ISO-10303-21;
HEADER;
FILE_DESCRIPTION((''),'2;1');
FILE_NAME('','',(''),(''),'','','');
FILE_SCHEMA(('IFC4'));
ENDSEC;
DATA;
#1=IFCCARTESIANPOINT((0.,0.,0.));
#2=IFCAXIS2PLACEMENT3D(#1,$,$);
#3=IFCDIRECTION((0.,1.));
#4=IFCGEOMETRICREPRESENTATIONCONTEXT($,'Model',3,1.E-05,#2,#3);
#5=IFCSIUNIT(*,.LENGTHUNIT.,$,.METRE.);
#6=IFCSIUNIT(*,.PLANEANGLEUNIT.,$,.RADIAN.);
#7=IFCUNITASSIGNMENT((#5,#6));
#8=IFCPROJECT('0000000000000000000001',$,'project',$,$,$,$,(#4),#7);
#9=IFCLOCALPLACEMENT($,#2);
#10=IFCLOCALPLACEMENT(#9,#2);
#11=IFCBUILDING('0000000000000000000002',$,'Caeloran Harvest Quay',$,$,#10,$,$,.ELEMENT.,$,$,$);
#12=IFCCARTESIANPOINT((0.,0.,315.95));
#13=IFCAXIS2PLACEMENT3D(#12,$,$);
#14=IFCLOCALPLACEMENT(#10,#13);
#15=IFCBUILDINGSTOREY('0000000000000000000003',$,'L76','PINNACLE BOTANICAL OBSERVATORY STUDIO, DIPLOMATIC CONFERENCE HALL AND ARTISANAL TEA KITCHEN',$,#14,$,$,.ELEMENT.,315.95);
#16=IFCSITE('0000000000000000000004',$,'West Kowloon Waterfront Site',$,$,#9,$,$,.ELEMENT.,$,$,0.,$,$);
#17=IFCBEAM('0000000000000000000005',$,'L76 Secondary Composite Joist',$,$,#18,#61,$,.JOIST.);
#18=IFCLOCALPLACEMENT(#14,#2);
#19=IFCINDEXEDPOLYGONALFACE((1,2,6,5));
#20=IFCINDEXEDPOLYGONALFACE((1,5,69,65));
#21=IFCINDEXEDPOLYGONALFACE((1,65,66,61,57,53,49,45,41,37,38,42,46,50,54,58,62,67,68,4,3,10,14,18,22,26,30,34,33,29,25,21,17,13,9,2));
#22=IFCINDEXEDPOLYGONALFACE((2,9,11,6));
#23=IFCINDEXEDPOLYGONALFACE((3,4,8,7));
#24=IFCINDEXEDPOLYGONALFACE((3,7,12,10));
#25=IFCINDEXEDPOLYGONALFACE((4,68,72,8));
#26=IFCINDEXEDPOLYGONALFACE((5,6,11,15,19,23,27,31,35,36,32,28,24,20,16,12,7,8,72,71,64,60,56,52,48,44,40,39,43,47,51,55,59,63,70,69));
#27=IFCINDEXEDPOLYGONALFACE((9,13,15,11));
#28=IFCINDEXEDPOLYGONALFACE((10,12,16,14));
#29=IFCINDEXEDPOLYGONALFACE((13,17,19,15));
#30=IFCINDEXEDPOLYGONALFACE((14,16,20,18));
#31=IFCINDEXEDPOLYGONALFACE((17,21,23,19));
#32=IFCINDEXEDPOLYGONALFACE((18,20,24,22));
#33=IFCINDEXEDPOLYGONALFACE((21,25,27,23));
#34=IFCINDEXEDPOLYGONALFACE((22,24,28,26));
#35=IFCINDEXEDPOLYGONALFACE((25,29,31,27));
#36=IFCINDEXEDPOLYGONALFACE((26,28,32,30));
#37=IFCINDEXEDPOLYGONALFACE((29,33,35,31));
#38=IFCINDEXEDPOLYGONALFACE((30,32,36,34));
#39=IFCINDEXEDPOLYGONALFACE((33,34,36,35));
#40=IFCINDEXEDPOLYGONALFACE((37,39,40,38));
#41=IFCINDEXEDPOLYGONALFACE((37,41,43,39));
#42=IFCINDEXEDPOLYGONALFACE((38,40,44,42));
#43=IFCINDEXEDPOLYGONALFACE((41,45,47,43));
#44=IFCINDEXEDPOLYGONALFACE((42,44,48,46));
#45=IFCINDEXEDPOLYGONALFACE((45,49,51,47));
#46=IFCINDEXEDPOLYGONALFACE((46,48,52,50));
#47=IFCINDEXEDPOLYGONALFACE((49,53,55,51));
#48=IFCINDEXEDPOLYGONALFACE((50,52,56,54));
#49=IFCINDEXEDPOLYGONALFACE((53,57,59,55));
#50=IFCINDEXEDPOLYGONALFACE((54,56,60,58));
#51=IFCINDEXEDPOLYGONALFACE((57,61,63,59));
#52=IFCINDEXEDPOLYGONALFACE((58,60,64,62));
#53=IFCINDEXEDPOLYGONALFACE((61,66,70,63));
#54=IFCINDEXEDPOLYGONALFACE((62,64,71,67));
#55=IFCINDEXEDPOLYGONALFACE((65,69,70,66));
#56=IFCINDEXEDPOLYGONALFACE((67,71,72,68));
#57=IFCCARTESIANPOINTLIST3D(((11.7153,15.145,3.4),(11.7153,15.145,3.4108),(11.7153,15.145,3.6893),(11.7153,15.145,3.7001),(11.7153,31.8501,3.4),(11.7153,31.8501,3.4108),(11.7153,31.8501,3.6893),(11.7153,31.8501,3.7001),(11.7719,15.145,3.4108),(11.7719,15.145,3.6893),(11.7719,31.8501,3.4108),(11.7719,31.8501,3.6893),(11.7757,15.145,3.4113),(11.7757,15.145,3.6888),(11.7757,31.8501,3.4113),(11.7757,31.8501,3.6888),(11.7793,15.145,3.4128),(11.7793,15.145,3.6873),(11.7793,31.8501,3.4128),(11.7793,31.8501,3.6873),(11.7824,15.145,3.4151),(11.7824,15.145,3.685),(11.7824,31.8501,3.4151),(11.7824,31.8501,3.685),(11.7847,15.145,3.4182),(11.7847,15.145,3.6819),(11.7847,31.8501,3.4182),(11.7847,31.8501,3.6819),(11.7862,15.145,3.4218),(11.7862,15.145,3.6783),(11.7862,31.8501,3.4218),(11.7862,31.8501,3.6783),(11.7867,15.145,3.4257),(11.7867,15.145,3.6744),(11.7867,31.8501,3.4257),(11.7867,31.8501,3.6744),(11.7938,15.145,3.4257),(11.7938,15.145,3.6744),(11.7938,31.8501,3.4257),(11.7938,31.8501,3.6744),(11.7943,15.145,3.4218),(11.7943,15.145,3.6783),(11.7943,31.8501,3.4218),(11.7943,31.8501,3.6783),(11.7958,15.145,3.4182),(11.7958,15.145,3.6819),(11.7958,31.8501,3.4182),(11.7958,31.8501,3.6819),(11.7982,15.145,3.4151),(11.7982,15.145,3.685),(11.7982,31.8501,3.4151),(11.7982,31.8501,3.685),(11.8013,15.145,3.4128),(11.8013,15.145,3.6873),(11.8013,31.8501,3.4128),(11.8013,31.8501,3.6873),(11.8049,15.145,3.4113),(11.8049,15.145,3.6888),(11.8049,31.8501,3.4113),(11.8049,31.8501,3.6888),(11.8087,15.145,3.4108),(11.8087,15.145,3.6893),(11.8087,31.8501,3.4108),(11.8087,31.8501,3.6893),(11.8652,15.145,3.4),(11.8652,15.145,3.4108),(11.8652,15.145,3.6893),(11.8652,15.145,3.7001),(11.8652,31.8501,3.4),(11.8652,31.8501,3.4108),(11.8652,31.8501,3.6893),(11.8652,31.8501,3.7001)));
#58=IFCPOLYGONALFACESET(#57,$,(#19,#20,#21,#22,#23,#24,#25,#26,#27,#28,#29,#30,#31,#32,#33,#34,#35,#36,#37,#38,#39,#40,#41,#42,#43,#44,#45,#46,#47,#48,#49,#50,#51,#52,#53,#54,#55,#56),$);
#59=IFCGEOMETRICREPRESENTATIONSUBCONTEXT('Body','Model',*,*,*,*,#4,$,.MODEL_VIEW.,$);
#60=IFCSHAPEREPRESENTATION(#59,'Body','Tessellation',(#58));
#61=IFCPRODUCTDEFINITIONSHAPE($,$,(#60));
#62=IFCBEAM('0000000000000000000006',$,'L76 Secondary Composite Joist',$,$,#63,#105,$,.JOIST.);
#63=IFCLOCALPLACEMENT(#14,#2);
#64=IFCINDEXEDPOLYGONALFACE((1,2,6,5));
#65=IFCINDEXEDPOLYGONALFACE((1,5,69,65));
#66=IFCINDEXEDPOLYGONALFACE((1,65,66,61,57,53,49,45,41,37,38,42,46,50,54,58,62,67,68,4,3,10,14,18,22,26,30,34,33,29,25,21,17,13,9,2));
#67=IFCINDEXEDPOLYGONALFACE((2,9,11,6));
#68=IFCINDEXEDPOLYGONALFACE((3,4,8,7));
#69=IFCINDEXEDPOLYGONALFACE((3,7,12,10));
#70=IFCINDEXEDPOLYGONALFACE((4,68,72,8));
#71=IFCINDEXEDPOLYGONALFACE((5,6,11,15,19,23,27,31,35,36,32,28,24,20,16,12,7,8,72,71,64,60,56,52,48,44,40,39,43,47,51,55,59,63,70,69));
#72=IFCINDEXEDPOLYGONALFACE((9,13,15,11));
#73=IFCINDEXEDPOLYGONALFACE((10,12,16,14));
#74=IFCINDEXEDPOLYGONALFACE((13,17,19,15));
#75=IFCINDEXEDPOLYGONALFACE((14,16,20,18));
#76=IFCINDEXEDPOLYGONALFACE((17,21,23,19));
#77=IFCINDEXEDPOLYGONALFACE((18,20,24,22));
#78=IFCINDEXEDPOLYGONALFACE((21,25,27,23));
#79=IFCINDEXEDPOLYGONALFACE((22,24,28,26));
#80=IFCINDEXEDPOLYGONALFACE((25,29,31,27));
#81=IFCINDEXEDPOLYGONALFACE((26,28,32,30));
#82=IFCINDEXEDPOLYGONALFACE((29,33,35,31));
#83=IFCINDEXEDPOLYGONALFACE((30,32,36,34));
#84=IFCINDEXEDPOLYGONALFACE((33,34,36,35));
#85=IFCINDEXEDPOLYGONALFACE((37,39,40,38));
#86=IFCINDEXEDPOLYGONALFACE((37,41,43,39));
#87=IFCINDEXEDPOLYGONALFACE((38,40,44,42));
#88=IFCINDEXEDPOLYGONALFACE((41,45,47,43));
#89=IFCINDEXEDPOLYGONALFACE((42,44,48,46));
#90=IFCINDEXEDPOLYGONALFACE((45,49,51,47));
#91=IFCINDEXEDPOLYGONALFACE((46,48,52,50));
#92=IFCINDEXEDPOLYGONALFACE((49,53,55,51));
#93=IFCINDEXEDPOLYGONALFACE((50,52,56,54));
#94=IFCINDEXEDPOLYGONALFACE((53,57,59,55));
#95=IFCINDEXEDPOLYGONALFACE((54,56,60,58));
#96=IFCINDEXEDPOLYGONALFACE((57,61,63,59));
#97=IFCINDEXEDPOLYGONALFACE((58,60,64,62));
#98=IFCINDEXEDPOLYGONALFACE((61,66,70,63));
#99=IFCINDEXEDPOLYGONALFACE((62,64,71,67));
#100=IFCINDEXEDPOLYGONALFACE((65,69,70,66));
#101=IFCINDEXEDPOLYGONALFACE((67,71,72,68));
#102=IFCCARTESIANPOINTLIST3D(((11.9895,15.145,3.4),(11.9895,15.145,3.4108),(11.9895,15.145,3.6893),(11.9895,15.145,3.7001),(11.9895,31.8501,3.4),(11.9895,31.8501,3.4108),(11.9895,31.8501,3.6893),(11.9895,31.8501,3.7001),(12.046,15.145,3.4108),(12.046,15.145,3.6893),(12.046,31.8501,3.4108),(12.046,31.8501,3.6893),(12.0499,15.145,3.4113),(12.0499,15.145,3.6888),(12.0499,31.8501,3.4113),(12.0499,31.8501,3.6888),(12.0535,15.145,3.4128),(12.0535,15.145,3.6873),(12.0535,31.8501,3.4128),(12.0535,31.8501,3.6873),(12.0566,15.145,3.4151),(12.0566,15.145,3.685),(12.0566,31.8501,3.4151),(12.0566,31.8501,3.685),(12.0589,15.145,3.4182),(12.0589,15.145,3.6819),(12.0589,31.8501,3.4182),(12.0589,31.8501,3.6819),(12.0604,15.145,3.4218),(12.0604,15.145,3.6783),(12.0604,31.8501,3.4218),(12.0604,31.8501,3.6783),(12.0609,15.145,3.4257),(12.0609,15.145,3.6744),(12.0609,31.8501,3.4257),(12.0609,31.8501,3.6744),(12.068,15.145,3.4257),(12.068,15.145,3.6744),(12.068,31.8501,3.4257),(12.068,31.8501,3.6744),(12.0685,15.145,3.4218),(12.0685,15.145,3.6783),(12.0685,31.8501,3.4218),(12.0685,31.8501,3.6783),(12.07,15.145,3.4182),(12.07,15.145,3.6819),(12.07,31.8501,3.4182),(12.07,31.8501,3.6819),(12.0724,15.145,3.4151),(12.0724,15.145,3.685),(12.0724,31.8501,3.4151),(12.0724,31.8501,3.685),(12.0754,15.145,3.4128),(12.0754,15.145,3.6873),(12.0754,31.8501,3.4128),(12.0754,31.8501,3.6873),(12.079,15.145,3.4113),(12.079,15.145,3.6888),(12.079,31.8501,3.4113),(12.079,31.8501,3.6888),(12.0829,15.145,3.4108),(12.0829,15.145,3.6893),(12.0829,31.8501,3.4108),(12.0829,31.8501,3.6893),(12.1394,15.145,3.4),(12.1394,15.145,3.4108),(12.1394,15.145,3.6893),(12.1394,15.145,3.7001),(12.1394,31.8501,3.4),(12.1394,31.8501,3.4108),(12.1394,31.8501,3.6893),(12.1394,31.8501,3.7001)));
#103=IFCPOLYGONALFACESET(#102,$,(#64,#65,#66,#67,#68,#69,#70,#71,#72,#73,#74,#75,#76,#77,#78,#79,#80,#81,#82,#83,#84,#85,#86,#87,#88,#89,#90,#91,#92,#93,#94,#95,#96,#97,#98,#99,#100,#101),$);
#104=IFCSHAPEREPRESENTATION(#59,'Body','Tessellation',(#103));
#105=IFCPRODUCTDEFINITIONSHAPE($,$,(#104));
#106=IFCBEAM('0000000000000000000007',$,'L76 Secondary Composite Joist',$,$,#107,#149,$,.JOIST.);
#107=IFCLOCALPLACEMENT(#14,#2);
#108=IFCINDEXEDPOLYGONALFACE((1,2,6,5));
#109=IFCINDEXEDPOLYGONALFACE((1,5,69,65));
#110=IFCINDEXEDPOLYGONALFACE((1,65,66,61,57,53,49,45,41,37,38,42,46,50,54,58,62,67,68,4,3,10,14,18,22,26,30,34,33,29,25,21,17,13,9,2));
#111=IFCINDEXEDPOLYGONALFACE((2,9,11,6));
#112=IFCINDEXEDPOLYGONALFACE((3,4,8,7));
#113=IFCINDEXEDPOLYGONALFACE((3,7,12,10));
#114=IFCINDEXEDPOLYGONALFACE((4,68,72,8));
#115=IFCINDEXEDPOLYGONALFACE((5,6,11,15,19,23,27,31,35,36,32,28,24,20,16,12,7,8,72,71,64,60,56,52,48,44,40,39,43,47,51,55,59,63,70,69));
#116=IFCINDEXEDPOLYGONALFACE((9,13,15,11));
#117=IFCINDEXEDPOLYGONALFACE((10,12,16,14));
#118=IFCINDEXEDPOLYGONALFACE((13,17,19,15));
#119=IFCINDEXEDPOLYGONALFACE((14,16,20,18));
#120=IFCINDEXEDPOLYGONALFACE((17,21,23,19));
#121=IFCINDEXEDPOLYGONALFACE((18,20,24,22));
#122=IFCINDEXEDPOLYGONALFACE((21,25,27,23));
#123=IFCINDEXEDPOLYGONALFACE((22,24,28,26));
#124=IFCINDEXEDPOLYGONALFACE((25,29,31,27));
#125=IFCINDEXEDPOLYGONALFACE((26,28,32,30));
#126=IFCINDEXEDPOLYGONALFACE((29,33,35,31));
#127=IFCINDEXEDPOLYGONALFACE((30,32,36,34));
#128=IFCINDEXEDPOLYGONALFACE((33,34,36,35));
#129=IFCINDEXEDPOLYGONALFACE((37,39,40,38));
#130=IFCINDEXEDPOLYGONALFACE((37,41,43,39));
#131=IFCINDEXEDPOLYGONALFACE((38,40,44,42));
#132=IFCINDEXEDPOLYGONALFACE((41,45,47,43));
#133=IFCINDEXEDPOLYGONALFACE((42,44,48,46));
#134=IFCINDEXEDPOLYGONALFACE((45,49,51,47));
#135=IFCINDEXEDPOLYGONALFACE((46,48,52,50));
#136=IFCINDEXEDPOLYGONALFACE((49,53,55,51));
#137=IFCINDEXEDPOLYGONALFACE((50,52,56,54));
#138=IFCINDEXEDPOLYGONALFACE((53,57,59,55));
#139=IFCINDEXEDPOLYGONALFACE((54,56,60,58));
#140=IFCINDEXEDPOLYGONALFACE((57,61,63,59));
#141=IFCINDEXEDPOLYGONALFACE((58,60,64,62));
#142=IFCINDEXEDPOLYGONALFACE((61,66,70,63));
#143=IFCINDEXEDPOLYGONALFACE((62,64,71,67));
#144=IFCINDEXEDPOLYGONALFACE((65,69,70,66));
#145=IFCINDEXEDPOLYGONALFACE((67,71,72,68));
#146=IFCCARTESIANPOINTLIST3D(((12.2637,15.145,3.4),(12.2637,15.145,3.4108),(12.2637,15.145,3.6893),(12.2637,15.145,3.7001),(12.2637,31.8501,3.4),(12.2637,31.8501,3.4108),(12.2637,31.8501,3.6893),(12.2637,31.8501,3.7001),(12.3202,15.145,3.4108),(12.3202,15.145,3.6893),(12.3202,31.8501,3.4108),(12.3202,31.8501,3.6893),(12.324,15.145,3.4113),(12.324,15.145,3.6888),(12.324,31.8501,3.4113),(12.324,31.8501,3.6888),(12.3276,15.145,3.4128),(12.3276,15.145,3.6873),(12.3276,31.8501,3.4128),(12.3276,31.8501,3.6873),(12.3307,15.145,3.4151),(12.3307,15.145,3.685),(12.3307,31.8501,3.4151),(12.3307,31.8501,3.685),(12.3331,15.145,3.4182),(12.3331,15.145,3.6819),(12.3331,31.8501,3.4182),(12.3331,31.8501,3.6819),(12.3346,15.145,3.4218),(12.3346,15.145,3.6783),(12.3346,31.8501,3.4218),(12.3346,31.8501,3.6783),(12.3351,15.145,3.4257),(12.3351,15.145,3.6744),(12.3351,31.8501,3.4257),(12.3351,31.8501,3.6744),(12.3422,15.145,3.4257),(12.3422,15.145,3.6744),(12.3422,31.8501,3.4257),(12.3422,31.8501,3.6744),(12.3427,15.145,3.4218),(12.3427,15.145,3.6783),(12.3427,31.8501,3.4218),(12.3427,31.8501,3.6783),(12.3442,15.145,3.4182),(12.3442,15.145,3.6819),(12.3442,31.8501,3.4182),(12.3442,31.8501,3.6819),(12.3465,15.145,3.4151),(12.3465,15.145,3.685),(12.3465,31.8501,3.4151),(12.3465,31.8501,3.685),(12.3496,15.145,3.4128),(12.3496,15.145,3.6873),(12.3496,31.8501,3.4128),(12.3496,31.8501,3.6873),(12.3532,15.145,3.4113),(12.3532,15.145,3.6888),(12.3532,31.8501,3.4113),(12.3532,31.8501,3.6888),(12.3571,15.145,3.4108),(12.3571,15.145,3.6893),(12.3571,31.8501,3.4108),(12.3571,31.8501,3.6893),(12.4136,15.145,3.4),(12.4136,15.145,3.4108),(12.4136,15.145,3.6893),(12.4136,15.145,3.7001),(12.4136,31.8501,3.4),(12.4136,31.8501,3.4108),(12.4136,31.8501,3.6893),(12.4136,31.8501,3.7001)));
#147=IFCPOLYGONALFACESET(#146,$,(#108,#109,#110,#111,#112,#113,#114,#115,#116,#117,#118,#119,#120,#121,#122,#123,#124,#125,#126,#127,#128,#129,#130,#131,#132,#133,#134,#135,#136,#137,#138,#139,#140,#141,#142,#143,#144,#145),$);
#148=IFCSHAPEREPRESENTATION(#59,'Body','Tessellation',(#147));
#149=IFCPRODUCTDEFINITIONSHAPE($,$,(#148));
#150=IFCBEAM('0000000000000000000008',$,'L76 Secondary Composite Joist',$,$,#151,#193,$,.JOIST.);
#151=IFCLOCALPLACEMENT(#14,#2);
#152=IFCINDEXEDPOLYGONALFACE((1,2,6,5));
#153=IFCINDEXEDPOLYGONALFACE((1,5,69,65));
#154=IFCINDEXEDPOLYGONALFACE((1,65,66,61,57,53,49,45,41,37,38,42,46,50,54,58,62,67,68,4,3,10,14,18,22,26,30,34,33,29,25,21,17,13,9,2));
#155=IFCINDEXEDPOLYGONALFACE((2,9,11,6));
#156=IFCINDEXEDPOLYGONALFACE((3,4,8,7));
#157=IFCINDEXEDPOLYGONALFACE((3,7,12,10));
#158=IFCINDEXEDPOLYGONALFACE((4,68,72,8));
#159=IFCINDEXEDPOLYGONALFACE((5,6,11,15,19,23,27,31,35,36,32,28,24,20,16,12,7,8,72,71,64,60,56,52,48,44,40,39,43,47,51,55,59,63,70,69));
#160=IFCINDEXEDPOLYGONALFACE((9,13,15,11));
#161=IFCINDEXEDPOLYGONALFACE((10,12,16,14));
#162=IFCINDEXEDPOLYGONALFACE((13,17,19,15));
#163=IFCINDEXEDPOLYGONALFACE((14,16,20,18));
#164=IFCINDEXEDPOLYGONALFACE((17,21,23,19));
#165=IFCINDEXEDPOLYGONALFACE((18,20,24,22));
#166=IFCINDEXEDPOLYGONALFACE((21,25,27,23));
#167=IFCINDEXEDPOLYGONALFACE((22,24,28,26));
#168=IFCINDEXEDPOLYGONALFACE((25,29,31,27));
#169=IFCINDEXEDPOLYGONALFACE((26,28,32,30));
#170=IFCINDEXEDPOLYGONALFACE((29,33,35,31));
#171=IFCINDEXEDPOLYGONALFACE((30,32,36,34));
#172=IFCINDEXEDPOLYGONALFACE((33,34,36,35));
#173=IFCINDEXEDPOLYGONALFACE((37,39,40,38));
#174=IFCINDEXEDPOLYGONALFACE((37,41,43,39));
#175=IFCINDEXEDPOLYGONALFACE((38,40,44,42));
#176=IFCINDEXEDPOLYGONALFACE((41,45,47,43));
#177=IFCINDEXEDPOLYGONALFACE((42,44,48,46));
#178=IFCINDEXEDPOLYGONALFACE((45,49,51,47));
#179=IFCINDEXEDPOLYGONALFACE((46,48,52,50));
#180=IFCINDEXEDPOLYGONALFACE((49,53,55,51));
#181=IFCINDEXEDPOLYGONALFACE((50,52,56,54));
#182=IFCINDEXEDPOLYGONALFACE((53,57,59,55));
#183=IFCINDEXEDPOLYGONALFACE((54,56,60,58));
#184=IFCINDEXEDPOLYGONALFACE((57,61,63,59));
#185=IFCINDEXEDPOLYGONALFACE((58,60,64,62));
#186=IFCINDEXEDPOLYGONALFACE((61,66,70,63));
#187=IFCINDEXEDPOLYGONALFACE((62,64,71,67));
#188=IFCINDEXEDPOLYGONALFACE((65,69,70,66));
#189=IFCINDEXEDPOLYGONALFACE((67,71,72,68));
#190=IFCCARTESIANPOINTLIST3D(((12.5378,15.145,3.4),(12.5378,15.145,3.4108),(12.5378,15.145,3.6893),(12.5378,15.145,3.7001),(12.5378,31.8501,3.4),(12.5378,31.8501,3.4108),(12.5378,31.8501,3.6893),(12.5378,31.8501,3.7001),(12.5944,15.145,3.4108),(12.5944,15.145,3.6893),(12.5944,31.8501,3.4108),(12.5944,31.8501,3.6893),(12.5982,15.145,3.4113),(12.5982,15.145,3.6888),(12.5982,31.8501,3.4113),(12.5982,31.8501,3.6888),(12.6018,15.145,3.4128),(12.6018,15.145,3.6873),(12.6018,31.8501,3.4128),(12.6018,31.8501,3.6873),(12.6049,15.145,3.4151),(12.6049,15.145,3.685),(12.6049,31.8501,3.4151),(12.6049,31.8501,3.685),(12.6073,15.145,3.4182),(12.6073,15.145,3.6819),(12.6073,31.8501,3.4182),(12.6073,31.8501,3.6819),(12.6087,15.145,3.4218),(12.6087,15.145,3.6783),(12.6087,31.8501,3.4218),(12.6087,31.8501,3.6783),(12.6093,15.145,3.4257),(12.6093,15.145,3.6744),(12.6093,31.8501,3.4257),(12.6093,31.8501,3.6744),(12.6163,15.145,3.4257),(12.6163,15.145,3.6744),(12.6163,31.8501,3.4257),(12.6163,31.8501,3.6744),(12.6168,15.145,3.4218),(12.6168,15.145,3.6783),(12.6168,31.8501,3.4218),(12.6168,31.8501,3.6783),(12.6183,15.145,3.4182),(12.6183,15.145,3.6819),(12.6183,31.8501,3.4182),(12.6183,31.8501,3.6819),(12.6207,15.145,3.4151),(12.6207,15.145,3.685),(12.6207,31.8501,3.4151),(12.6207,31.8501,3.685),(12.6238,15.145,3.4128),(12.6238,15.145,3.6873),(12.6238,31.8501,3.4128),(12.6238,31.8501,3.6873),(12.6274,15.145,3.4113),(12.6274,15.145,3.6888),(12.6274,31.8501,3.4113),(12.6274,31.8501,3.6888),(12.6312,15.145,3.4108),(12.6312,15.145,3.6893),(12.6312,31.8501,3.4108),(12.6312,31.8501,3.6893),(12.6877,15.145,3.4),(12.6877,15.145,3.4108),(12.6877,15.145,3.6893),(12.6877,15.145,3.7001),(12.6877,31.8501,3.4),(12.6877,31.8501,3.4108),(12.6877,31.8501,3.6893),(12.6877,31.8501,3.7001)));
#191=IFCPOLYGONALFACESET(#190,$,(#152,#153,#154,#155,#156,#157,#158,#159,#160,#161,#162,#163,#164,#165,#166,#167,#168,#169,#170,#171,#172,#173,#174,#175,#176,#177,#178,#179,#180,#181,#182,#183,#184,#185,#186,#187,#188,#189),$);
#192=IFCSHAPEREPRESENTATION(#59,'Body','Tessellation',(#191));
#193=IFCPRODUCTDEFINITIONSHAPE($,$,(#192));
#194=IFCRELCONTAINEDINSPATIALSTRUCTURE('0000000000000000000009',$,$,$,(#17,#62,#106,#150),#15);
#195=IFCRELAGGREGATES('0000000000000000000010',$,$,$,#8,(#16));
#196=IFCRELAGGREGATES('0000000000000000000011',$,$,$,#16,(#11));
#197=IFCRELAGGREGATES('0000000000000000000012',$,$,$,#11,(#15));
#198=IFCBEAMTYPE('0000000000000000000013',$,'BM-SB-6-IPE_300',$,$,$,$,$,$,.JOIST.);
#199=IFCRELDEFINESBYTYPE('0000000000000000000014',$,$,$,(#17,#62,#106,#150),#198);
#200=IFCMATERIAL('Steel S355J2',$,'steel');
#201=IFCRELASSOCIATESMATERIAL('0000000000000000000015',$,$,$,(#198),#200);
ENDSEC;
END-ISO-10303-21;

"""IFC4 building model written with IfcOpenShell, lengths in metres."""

from ifc_helpers import new_model, si_unit, direction, frame, origin, origin_2d, place, context, subcontext, project, spatial, i_section, extrude, material, material_profile, profile_set, type_object, element, save


model = new_model("IFC4")

# Units and contexts
model_context = context("Model", 3, precision=1e-05, world=origin(), true_north=direction((0.0, 1.0)))
body_context = subcontext(model_context, "Body", "Model", "MODEL_VIEW")
ifc_project = project(units=[si_unit("LENGTHUNIT", "METRE"), si_unit("PLANEANGLEUNIT", "RADIAN")], contexts=[model_context])

# Site, building, storey
site_placement = place(None, origin())
site = spatial("IfcSite", under=ifc_project, at=site_placement, Name="West Kowloon Waterfront Site", CompositionType="ELEMENT", RefElevation=0.0)
building_placement = place(site_placement, origin())
building = spatial("IfcBuilding", under=site, at=building_placement, Name="Caeloran Harvest Quay", CompositionType="ELEMENT")
storey_placement = place(building_placement, frame((0.0, 0.0, 315.95)))
storey = spatial("IfcBuildingStorey", under=building, at=storey_placement, Name="L76", Description="PINNACLE BOTANICAL OBSERVATORY STUDIO, DIPLOMATIC CONFERENCE HALL AND ARTISANAL TEA KITCHEN", CompositionType="ELEMENT", Elevation=315.95)

# Beams
ifc_material_1 = material(Name="Steel S355J2", Category="steel")
ifc_material_profile_1 = material_profile(ifc_material_1, i_section(OverallWidth=0.1499, OverallDepth=0.3, WebThickness=0.0071, FlangeThickness=0.0107, FilletRadius=0.0149, at=origin_2d()), Name="IPE 300")
ifc_profile_set_1 = profile_set([ifc_material_profile_1], Name="Steel S355J2")
beam_type_1 = type_object("IfcBeamType", Name="BM-SB-6-IPE_300", PredefinedType="JOIST", material=ifc_profile_set_1)
for number, where, z_axis, x_axis, name in (
    (1, (11.7903, 15.145, 3.55), (0.0, 1.0, 0.0), (-1.0, 0.0, 0.0), "L76 Secondary Composite Joist"),
    (2, (12.0645, 15.145, 3.55), (0.0, 1.0, 0.0), (-1.0, 0.0, 0.0), "L76 Secondary Composite Joist"),
    (3, (12.3386, 15.145, 3.55), (0.0, 1.0, 0.0), (-1.0, 0.0, 0.0), "L76 Secondary Composite Joist"),
    (4, (12.6128, 15.145, 3.55), (0.0, 1.0, 0.0), (-1.0, 0.0, 0.0), "L76 Secondary Composite Joist"),
):
    element("IfcBeam", number, at=place(storey_placement, frame(where, z_axis=z_axis, x_axis=x_axis)), inside=storey, type_object=beam_type_1, Name=name, PredefinedType="JOIST", context=body_context, shape_type="SweptSolid", body=[
        extrude(i_section(OverallWidth=0.1499, OverallDepth=0.3, WebThickness=0.0071, FlangeThickness=0.0107, FilletRadius=0.0149, at=origin_2d()), origin(), (0.0, 0.0, 1.0), 16.7051),
    ])

save(model, "model.ifc")
